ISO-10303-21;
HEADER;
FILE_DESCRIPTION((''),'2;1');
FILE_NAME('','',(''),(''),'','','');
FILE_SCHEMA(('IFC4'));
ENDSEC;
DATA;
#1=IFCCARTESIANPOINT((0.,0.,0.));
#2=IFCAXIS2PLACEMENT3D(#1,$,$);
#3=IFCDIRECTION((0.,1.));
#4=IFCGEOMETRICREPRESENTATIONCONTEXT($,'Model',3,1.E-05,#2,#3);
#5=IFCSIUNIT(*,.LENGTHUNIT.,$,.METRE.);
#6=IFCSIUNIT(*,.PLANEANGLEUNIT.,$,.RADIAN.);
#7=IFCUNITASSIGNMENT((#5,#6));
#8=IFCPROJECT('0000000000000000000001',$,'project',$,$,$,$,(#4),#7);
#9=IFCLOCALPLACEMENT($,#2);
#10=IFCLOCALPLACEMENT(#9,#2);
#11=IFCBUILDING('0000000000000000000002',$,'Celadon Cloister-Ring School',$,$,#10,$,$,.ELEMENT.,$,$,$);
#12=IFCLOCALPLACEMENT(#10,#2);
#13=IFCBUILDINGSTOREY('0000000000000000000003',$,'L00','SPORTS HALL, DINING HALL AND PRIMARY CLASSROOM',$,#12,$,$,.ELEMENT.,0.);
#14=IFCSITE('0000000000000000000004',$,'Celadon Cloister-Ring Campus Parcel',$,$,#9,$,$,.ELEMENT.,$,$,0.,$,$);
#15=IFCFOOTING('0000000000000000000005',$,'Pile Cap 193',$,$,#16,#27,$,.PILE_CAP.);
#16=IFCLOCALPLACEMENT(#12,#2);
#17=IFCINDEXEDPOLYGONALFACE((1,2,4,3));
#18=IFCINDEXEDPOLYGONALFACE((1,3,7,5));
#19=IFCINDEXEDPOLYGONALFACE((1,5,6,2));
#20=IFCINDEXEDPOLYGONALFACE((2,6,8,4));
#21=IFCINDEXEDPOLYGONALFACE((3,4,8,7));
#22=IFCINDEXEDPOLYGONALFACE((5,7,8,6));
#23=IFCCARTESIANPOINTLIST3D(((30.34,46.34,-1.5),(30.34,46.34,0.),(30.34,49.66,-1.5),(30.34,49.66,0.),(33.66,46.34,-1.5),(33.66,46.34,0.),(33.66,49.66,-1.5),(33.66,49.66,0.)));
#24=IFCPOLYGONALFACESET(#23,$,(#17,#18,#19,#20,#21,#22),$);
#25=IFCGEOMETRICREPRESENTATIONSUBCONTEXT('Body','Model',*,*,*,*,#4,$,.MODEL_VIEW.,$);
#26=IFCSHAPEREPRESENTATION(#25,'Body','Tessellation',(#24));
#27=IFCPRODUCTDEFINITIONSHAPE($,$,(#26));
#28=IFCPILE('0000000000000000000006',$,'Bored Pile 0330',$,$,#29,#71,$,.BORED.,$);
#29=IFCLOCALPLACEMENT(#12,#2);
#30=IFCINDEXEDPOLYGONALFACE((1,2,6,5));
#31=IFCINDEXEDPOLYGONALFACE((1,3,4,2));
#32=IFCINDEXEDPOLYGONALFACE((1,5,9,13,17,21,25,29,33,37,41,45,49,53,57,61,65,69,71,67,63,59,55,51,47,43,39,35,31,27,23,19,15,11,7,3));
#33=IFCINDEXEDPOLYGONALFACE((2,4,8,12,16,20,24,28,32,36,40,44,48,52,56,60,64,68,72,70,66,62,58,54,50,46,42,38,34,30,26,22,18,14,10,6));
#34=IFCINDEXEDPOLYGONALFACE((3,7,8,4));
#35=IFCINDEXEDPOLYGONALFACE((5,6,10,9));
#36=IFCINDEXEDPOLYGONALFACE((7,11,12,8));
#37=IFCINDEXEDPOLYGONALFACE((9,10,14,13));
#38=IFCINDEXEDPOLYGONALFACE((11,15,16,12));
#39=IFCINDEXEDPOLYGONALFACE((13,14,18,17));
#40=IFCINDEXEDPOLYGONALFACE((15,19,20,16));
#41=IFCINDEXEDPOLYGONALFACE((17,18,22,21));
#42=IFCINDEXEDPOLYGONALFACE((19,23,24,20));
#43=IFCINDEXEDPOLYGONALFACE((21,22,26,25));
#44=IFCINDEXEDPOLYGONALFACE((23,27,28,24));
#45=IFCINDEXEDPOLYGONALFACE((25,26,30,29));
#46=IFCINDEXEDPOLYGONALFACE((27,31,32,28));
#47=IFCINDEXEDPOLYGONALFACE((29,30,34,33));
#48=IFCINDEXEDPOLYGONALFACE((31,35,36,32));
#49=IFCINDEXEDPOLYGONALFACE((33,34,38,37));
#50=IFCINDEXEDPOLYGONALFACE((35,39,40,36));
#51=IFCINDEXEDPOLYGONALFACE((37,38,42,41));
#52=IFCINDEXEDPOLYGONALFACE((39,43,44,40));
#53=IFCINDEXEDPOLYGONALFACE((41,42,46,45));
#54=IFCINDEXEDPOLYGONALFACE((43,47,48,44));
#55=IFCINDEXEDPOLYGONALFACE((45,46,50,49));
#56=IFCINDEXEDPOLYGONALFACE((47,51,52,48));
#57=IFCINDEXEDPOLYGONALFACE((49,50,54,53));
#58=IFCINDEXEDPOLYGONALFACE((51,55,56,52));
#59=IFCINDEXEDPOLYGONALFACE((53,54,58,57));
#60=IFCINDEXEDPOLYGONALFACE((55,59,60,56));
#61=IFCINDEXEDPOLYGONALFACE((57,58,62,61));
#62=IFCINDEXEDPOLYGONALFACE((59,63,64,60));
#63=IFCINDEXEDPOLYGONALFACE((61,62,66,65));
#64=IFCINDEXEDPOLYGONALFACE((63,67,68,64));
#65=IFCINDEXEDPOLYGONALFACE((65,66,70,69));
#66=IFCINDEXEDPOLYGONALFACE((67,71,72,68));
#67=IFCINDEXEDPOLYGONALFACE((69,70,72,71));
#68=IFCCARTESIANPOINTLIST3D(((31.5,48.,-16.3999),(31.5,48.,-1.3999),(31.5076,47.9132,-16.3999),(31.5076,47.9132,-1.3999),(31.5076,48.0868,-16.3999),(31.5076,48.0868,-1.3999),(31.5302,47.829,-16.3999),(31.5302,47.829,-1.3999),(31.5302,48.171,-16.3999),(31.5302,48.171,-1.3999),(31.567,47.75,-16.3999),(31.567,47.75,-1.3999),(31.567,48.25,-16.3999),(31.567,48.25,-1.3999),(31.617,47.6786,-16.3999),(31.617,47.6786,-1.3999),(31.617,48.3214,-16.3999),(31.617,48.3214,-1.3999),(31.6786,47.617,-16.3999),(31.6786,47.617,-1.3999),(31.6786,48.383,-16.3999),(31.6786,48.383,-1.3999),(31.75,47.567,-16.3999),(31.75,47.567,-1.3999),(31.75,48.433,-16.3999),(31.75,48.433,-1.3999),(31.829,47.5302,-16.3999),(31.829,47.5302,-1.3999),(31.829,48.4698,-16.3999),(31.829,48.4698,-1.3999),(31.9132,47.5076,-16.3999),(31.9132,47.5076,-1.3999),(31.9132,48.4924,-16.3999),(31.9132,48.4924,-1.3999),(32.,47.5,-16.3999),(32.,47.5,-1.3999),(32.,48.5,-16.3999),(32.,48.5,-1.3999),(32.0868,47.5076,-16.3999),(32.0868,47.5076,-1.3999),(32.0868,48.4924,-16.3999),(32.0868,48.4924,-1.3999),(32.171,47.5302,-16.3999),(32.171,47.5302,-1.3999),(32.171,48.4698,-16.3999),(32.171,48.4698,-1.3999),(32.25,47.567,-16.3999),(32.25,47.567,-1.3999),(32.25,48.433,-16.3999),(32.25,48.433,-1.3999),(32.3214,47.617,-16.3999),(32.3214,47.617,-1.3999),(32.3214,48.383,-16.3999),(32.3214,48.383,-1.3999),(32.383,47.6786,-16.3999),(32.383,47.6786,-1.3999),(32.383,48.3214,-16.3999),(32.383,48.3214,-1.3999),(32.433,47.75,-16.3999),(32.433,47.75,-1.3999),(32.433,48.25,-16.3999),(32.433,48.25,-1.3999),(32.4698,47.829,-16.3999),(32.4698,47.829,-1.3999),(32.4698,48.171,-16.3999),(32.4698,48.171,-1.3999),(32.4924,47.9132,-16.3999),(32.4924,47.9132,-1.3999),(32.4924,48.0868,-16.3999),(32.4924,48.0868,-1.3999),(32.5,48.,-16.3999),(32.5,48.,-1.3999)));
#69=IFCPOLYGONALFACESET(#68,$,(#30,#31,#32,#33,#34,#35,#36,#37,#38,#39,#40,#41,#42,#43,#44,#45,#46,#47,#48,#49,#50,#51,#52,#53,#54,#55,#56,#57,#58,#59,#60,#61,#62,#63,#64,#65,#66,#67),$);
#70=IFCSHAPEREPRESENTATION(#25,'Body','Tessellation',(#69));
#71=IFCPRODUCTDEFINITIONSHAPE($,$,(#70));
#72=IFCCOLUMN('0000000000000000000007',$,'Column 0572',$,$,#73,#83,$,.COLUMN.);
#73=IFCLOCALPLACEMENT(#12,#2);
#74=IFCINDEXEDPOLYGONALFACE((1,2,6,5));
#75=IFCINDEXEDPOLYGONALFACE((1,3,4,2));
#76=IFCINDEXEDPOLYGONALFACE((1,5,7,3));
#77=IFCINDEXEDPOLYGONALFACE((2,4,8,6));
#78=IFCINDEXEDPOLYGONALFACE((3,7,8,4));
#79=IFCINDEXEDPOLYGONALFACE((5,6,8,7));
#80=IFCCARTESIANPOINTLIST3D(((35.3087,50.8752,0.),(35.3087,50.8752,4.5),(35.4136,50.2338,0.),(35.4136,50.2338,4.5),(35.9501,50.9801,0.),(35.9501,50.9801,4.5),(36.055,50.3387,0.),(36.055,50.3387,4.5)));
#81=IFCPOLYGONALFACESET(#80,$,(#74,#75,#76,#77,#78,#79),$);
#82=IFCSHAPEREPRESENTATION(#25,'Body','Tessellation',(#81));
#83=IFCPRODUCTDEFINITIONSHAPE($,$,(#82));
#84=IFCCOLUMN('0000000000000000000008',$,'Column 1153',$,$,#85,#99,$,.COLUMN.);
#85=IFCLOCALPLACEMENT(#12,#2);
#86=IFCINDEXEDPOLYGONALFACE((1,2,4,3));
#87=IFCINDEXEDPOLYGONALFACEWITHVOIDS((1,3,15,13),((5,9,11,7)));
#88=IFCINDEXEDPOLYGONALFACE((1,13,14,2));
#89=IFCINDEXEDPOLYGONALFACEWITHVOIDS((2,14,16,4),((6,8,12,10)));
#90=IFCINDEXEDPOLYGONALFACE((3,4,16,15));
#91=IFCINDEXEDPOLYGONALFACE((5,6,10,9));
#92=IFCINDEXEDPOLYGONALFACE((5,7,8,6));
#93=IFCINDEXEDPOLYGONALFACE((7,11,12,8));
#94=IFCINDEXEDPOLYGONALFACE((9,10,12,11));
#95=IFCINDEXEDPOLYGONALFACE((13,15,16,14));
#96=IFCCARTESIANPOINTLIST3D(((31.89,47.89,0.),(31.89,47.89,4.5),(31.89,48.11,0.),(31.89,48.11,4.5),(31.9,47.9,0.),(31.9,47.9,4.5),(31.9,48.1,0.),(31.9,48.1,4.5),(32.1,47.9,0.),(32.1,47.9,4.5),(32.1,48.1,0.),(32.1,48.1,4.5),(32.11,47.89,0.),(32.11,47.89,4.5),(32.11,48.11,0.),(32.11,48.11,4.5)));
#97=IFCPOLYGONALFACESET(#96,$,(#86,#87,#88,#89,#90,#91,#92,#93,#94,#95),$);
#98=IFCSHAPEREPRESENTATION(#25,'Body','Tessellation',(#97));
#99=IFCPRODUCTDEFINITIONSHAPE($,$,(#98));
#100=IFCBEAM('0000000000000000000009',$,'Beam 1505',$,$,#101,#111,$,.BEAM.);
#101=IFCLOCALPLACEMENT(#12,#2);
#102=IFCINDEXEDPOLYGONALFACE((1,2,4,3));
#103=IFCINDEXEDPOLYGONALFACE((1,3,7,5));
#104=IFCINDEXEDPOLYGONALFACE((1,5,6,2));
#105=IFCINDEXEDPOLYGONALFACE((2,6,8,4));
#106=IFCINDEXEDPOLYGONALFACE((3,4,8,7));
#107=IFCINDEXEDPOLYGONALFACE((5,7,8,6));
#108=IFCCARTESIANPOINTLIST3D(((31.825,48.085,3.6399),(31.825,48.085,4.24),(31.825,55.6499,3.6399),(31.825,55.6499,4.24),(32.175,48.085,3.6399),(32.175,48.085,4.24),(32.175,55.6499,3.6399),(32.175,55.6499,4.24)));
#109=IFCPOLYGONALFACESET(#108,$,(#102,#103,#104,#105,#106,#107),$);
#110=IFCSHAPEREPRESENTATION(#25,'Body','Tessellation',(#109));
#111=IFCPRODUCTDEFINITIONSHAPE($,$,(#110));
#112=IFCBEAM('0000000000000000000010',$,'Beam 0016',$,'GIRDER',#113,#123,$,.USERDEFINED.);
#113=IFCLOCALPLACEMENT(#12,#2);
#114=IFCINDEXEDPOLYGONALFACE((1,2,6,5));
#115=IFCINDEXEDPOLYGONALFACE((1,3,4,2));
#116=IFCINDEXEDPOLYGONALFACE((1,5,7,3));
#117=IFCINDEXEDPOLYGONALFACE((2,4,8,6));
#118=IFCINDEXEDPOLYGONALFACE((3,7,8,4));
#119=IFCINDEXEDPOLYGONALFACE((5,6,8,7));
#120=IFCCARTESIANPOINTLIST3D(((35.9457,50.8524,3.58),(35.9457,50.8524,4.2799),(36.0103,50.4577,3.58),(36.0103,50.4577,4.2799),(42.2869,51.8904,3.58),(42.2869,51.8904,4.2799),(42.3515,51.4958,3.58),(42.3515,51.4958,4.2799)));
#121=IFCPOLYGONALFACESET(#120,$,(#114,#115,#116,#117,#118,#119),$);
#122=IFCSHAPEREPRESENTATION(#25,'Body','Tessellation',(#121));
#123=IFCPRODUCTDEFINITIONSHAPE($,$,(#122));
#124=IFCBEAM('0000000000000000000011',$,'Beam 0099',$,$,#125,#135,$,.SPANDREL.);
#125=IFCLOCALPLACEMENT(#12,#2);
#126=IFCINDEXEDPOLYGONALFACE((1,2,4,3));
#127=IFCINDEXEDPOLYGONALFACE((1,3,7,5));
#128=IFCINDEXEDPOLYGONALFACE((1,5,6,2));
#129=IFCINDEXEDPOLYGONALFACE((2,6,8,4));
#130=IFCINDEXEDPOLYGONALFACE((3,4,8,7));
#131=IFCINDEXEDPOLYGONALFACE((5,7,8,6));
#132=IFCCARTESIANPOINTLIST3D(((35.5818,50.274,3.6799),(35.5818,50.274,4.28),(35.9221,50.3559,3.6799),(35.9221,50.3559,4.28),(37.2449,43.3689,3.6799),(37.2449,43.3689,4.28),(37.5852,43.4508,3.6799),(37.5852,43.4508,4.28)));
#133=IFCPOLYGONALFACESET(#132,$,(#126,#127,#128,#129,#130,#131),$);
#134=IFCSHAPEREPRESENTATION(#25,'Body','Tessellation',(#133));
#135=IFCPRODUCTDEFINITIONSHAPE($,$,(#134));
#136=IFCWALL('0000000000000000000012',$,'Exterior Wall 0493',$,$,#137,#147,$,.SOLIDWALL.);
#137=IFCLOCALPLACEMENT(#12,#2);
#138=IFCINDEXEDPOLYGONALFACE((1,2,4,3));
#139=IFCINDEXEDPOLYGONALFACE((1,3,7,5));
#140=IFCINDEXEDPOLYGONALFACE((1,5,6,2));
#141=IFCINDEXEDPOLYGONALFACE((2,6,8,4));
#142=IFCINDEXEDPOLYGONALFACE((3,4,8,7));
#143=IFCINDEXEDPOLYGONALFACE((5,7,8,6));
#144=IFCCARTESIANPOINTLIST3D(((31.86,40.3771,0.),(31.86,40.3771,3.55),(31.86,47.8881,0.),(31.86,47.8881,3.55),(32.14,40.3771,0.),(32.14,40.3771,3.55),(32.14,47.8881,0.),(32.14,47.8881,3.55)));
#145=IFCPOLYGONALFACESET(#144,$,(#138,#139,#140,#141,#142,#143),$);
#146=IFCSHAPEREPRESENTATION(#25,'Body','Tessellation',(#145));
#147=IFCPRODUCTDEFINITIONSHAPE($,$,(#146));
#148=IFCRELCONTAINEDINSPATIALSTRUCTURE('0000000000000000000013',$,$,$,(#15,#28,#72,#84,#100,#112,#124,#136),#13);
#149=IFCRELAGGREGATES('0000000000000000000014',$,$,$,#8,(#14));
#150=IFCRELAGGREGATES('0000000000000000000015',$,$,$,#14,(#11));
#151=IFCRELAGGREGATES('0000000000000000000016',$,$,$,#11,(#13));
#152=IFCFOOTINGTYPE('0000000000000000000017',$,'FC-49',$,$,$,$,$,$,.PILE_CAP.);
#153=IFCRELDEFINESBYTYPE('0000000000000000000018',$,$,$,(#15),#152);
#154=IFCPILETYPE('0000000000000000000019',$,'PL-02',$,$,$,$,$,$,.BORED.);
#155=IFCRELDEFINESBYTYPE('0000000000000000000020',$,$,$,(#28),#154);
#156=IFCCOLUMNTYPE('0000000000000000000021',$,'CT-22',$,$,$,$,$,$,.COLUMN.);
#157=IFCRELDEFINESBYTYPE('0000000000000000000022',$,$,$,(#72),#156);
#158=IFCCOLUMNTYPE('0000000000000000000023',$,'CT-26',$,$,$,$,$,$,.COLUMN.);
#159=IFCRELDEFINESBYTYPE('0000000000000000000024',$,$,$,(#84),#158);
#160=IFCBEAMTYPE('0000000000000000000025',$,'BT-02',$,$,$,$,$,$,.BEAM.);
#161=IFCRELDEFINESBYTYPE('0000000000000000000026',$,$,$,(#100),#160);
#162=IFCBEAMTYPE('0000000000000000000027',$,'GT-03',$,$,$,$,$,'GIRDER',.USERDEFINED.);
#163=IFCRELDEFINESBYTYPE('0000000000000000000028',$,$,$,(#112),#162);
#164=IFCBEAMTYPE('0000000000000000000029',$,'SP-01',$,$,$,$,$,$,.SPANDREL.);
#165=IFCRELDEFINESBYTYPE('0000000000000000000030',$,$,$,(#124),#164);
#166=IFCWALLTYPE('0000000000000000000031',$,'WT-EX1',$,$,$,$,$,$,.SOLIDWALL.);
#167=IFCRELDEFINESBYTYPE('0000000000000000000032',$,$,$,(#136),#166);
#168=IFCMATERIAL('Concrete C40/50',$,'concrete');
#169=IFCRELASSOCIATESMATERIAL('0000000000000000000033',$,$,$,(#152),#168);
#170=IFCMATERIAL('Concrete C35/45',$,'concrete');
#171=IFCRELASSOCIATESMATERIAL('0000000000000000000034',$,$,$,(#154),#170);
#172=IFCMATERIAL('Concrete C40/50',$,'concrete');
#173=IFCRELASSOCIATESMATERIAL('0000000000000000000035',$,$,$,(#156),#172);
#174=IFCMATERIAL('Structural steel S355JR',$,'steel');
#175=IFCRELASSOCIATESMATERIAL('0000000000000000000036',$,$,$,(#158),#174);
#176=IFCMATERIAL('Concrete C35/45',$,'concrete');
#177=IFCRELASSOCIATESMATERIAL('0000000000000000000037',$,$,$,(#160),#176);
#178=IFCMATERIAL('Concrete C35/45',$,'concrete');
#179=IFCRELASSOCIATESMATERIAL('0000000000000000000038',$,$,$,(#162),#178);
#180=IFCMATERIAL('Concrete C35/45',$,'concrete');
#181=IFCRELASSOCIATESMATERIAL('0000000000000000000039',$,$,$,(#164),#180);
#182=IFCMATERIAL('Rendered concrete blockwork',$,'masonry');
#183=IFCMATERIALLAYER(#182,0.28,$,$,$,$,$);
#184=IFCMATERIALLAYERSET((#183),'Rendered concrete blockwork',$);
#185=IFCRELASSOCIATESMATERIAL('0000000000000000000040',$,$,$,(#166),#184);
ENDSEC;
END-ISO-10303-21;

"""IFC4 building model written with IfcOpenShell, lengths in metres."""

from ifc_helpers import new_model, si_unit, direction, frame, frame_2d, origin, origin_2d, place, context, subcontext, project, spatial, rectangle, hollow_rectangle, circle, extrude, material, layer, layer_set, material_profile, profile_set, type_object, element, save


model = new_model("IFC4")

# Units and contexts
model_context = context("Model", 3, precision=1e-05, world=origin(), true_north=direction((0.0, 1.0)))
body_context = subcontext(model_context, "Body", "Model", "MODEL_VIEW")
ifc_project = project(units=[si_unit("LENGTHUNIT", "METRE"), si_unit("PLANEANGLEUNIT", "RADIAN")], contexts=[model_context])

# Site, building, storey
site_placement = place(None, origin())
site = spatial("IfcSite", under=ifc_project, at=site_placement, Name="Celadon Cloister-Ring Campus Parcel", CompositionType="ELEMENT", RefElevation=0.0)
building_placement = place(site_placement, origin())
building = spatial("IfcBuilding", under=site, at=building_placement, Name="Celadon Cloister-Ring School", CompositionType="ELEMENT")
storey_placement = place(building_placement, origin())
storey = spatial("IfcBuildingStorey", under=building, at=storey_placement, Name="L00", Description="SPORTS HALL, DINING HALL AND PRIMARY CLASSROOM", CompositionType="ELEMENT", Elevation=0.0)

# Footing
ifc_material_1 = material(Name="Concrete C40/50", Category="concrete")
footing_type = type_object("IfcFootingType", Name="FC-49", PredefinedType="PILE_CAP", material=ifc_material_1)
footing_placement = place(storey_placement, frame((32.0, 48.0, -1.5), z_axis=(0.0, 0.0, 1.0), x_axis=(1.0, 0.0, 0.0)))
element("IfcFooting", 1, at=footing_placement, inside=storey, type_object=footing_type, Name="Pile Cap 193", PredefinedType="PILE_CAP", context=body_context, shape_type="SweptSolid", body=[
    extrude(rectangle(XDim=3.3201, YDim=3.3201, at=origin_2d()), origin(), (0.0, 0.0, 1.0), 1.5),
])

# Pile
ifc_material_2 = material(Name="Concrete C35/45", Category="concrete")
ifc_material_profile_1 = material_profile(ifc_material_2, circle(Radius=0.5, at=origin_2d()), Name="PILE1000")
ifc_profile_set_1 = profile_set([ifc_material_profile_1], Name="Concrete C35/45")
pile_type = type_object("IfcPileType", Name="PL-02", PredefinedType="BORED", material=ifc_profile_set_1)
pile_placement = place(storey_placement, frame((32.0, 48.0, -1.3999), z_axis=(0.0, 0.0, -1.0), x_axis=(1.0, 0.0, 0.0)))
element("IfcPile", 2, at=pile_placement, inside=storey, type_object=pile_type, Name="Bored Pile 0330", PredefinedType="BORED", context=body_context, shape_type="SweptSolid", body=[
    extrude(circle(Radius=0.5, at=origin_2d()), origin(), (0.0, 0.0, 1.0), 15.0),
])

# Columns
ifc_material_3 = material(Name="Concrete C40/50", Category="concrete")
ifc_material_profile_2 = material_profile(ifc_material_3, rectangle(XDim=0.6499, YDim=0.6499, at=origin_2d()), Name="RC650X650")
ifc_profile_set_2 = profile_set([ifc_material_profile_2], Name="Concrete C40/50")
column_type_1 = type_object("IfcColumnType", Name="CT-22", PredefinedType="COLUMN", material=ifc_profile_set_2)
column_1_placement = place(storey_placement, frame((35.6819, 50.6069, 0.0), z_axis=(0.0, 0.0, 1.0), x_axis=(-0.98689, -0.161397, 0.0)))
element("IfcColumn", 3, at=column_1_placement, inside=storey, type_object=column_type_1, Name="Column 0572", PredefinedType="COLUMN", context=body_context, shape_type="SweptSolid", body=[
    extrude(rectangle(XDim=0.6499, YDim=0.6499, at=origin_2d()), origin(), (0.0, 0.0, 1.0), 4.5),
])
ifc_material_4 = material(Name="Structural steel S355JR", Category="steel")
ifc_material_profile_3 = material_profile(ifc_material_4, hollow_rectangle(XDim=0.22, YDim=0.22, WallThickness=0.01, at=origin_2d()), Name="HSS220X220X10")
ifc_profile_set_3 = profile_set([ifc_material_profile_3], Name="Structural steel S355JR")
column_type_2 = type_object("IfcColumnType", Name="CT-26", PredefinedType="COLUMN", material=ifc_profile_set_3)
column_2_placement = place(storey_placement, frame((32.0, 48.0, 0.0), z_axis=(0.0, 0.0, 1.0), x_axis=(1.0, 0.0, 0.0)))
element("IfcColumn", 4, at=column_2_placement, inside=storey, type_object=column_type_2, Name="Column 1153", PredefinedType="COLUMN", context=body_context, shape_type="SweptSolid", body=[
    extrude(hollow_rectangle(XDim=0.22, YDim=0.22, WallThickness=0.01, at=origin_2d()), origin(), (0.0, 0.0, 1.0), 4.5),
])

# Beams
ifc_material_5 = material(Name="Concrete C35/45", Category="concrete")
ifc_material_profile_4 = material_profile(ifc_material_5, rectangle(XDim=0.3501, YDim=0.6001, at=origin_2d()), Name="RC350X600")
ifc_profile_set_4 = profile_set([ifc_material_profile_4], Name="Concrete C35/45")
beam_type_1 = type_object("IfcBeamType", Name="BT-02", PredefinedType="BEAM", material=ifc_profile_set_4)
beam_1_placement = place(storey_placement, frame((32.0, 48.085, 3.9399), z_axis=(0.0, 1.0, 0.0), x_axis=(-1.0, 0.0, 0.0)))
element("IfcBeam", 5, at=beam_1_placement, inside=storey, type_object=beam_type_1, Name="Beam 1505", PredefinedType="BEAM", context=body_context, shape_type="SweptSolid", body=[
    extrude(rectangle(XDim=0.3501, YDim=0.6001, at=origin_2d()), origin(), (0.0, 0.0, 1.0), 7.5649),
])
ifc_material_6 = material(Name="Concrete C35/45", Category="concrete")
ifc_material_profile_5 = material_profile(ifc_material_6, rectangle(XDim=0.3999, YDim=0.7, at=origin_2d()), Name="RC400X700")
ifc_profile_set_5 = profile_set([ifc_material_profile_5], Name="Concrete C35/45")
beam_type_2 = type_object("IfcBeamType", Name="GT-03", ElementType="GIRDER", PredefinedType="USERDEFINED", material=ifc_profile_set_5)
beam_2_placement = place(storey_placement, frame((35.978, 50.655, 3.9299), z_axis=(0.986863, 0.161558, 0.0), x_axis=(-0.161558, 0.986863, 0.0)))
element("IfcBeam", 6, at=beam_2_placement, inside=storey, type_object=beam_type_2, Name="Beam 0016", ObjectType="GIRDER", PredefinedType="USERDEFINED", context=body_context, shape_type="SweptSolid", body=[
    extrude(rectangle(XDim=0.3999, YDim=0.7, at=origin_2d()), origin(), (0.0, 0.0, 1.0), 6.4255),
])
ifc_material_7 = material(Name="Concrete C35/45", Category="concrete")
ifc_material_profile_6 = material_profile(ifc_material_7, rectangle(XDim=0.3501, YDim=0.6001, at=origin_2d()), Name="RC350X600")
ifc_profile_set_6 = profile_set([ifc_material_profile_6], Name="Concrete C35/45")
beam_type_3 = type_object("IfcBeamType", Name="SP-01", PredefinedType="SPANDREL", material=ifc_profile_set_6)
beam_3_placement = place(storey_placement, frame((35.752, 50.3149, 3.98), z_axis=(0.234156, -0.972199, 0.0), x_axis=(0.972199, 0.234156, 0.0)))
element("IfcBeam", 7, at=beam_3_placement, inside=storey, type_object=beam_type_3, Name="Beam 0099", PredefinedType="SPANDREL", context=body_context, shape_type="SweptSolid", body=[
    extrude(rectangle(XDim=0.3501, YDim=0.6001, at=origin_2d()), origin(), (0.0, 0.0, 1.0), 7.1025),
])

# Wall
ifc_material_8 = material(Name="Rendered concrete blockwork", Category="masonry")
ifc_layer_1 = layer(ifc_material_8, 0.28)
ifc_layer_set_1 = layer_set([ifc_layer_1], Name="Rendered concrete blockwork")
wall_type_1 = type_object("IfcWallType", Name="WT-EX1", PredefinedType="SOLIDWALL", material=ifc_layer_set_1)
wall_1_placement = place(storey_placement, frame((32.0, 47.8879, 0.0), z_axis=(0.0, 0.0, 1.0), x_axis=(0.0, -1.0, 0.0)))
element("IfcWall", 8, at=wall_1_placement, inside=storey, type_object=wall_type_1, Name="Exterior Wall 0493", PredefinedType="SOLIDWALL", context=body_context, shape_type="SweptSolid", body=[
    extrude(rectangle(XDim=7.511, YDim=0.28, at=frame_2d((3.7554, 0.0))), origin(), (0.0, 0.0, 1.0), 3.55),
])

save(model, "model.ifc")
